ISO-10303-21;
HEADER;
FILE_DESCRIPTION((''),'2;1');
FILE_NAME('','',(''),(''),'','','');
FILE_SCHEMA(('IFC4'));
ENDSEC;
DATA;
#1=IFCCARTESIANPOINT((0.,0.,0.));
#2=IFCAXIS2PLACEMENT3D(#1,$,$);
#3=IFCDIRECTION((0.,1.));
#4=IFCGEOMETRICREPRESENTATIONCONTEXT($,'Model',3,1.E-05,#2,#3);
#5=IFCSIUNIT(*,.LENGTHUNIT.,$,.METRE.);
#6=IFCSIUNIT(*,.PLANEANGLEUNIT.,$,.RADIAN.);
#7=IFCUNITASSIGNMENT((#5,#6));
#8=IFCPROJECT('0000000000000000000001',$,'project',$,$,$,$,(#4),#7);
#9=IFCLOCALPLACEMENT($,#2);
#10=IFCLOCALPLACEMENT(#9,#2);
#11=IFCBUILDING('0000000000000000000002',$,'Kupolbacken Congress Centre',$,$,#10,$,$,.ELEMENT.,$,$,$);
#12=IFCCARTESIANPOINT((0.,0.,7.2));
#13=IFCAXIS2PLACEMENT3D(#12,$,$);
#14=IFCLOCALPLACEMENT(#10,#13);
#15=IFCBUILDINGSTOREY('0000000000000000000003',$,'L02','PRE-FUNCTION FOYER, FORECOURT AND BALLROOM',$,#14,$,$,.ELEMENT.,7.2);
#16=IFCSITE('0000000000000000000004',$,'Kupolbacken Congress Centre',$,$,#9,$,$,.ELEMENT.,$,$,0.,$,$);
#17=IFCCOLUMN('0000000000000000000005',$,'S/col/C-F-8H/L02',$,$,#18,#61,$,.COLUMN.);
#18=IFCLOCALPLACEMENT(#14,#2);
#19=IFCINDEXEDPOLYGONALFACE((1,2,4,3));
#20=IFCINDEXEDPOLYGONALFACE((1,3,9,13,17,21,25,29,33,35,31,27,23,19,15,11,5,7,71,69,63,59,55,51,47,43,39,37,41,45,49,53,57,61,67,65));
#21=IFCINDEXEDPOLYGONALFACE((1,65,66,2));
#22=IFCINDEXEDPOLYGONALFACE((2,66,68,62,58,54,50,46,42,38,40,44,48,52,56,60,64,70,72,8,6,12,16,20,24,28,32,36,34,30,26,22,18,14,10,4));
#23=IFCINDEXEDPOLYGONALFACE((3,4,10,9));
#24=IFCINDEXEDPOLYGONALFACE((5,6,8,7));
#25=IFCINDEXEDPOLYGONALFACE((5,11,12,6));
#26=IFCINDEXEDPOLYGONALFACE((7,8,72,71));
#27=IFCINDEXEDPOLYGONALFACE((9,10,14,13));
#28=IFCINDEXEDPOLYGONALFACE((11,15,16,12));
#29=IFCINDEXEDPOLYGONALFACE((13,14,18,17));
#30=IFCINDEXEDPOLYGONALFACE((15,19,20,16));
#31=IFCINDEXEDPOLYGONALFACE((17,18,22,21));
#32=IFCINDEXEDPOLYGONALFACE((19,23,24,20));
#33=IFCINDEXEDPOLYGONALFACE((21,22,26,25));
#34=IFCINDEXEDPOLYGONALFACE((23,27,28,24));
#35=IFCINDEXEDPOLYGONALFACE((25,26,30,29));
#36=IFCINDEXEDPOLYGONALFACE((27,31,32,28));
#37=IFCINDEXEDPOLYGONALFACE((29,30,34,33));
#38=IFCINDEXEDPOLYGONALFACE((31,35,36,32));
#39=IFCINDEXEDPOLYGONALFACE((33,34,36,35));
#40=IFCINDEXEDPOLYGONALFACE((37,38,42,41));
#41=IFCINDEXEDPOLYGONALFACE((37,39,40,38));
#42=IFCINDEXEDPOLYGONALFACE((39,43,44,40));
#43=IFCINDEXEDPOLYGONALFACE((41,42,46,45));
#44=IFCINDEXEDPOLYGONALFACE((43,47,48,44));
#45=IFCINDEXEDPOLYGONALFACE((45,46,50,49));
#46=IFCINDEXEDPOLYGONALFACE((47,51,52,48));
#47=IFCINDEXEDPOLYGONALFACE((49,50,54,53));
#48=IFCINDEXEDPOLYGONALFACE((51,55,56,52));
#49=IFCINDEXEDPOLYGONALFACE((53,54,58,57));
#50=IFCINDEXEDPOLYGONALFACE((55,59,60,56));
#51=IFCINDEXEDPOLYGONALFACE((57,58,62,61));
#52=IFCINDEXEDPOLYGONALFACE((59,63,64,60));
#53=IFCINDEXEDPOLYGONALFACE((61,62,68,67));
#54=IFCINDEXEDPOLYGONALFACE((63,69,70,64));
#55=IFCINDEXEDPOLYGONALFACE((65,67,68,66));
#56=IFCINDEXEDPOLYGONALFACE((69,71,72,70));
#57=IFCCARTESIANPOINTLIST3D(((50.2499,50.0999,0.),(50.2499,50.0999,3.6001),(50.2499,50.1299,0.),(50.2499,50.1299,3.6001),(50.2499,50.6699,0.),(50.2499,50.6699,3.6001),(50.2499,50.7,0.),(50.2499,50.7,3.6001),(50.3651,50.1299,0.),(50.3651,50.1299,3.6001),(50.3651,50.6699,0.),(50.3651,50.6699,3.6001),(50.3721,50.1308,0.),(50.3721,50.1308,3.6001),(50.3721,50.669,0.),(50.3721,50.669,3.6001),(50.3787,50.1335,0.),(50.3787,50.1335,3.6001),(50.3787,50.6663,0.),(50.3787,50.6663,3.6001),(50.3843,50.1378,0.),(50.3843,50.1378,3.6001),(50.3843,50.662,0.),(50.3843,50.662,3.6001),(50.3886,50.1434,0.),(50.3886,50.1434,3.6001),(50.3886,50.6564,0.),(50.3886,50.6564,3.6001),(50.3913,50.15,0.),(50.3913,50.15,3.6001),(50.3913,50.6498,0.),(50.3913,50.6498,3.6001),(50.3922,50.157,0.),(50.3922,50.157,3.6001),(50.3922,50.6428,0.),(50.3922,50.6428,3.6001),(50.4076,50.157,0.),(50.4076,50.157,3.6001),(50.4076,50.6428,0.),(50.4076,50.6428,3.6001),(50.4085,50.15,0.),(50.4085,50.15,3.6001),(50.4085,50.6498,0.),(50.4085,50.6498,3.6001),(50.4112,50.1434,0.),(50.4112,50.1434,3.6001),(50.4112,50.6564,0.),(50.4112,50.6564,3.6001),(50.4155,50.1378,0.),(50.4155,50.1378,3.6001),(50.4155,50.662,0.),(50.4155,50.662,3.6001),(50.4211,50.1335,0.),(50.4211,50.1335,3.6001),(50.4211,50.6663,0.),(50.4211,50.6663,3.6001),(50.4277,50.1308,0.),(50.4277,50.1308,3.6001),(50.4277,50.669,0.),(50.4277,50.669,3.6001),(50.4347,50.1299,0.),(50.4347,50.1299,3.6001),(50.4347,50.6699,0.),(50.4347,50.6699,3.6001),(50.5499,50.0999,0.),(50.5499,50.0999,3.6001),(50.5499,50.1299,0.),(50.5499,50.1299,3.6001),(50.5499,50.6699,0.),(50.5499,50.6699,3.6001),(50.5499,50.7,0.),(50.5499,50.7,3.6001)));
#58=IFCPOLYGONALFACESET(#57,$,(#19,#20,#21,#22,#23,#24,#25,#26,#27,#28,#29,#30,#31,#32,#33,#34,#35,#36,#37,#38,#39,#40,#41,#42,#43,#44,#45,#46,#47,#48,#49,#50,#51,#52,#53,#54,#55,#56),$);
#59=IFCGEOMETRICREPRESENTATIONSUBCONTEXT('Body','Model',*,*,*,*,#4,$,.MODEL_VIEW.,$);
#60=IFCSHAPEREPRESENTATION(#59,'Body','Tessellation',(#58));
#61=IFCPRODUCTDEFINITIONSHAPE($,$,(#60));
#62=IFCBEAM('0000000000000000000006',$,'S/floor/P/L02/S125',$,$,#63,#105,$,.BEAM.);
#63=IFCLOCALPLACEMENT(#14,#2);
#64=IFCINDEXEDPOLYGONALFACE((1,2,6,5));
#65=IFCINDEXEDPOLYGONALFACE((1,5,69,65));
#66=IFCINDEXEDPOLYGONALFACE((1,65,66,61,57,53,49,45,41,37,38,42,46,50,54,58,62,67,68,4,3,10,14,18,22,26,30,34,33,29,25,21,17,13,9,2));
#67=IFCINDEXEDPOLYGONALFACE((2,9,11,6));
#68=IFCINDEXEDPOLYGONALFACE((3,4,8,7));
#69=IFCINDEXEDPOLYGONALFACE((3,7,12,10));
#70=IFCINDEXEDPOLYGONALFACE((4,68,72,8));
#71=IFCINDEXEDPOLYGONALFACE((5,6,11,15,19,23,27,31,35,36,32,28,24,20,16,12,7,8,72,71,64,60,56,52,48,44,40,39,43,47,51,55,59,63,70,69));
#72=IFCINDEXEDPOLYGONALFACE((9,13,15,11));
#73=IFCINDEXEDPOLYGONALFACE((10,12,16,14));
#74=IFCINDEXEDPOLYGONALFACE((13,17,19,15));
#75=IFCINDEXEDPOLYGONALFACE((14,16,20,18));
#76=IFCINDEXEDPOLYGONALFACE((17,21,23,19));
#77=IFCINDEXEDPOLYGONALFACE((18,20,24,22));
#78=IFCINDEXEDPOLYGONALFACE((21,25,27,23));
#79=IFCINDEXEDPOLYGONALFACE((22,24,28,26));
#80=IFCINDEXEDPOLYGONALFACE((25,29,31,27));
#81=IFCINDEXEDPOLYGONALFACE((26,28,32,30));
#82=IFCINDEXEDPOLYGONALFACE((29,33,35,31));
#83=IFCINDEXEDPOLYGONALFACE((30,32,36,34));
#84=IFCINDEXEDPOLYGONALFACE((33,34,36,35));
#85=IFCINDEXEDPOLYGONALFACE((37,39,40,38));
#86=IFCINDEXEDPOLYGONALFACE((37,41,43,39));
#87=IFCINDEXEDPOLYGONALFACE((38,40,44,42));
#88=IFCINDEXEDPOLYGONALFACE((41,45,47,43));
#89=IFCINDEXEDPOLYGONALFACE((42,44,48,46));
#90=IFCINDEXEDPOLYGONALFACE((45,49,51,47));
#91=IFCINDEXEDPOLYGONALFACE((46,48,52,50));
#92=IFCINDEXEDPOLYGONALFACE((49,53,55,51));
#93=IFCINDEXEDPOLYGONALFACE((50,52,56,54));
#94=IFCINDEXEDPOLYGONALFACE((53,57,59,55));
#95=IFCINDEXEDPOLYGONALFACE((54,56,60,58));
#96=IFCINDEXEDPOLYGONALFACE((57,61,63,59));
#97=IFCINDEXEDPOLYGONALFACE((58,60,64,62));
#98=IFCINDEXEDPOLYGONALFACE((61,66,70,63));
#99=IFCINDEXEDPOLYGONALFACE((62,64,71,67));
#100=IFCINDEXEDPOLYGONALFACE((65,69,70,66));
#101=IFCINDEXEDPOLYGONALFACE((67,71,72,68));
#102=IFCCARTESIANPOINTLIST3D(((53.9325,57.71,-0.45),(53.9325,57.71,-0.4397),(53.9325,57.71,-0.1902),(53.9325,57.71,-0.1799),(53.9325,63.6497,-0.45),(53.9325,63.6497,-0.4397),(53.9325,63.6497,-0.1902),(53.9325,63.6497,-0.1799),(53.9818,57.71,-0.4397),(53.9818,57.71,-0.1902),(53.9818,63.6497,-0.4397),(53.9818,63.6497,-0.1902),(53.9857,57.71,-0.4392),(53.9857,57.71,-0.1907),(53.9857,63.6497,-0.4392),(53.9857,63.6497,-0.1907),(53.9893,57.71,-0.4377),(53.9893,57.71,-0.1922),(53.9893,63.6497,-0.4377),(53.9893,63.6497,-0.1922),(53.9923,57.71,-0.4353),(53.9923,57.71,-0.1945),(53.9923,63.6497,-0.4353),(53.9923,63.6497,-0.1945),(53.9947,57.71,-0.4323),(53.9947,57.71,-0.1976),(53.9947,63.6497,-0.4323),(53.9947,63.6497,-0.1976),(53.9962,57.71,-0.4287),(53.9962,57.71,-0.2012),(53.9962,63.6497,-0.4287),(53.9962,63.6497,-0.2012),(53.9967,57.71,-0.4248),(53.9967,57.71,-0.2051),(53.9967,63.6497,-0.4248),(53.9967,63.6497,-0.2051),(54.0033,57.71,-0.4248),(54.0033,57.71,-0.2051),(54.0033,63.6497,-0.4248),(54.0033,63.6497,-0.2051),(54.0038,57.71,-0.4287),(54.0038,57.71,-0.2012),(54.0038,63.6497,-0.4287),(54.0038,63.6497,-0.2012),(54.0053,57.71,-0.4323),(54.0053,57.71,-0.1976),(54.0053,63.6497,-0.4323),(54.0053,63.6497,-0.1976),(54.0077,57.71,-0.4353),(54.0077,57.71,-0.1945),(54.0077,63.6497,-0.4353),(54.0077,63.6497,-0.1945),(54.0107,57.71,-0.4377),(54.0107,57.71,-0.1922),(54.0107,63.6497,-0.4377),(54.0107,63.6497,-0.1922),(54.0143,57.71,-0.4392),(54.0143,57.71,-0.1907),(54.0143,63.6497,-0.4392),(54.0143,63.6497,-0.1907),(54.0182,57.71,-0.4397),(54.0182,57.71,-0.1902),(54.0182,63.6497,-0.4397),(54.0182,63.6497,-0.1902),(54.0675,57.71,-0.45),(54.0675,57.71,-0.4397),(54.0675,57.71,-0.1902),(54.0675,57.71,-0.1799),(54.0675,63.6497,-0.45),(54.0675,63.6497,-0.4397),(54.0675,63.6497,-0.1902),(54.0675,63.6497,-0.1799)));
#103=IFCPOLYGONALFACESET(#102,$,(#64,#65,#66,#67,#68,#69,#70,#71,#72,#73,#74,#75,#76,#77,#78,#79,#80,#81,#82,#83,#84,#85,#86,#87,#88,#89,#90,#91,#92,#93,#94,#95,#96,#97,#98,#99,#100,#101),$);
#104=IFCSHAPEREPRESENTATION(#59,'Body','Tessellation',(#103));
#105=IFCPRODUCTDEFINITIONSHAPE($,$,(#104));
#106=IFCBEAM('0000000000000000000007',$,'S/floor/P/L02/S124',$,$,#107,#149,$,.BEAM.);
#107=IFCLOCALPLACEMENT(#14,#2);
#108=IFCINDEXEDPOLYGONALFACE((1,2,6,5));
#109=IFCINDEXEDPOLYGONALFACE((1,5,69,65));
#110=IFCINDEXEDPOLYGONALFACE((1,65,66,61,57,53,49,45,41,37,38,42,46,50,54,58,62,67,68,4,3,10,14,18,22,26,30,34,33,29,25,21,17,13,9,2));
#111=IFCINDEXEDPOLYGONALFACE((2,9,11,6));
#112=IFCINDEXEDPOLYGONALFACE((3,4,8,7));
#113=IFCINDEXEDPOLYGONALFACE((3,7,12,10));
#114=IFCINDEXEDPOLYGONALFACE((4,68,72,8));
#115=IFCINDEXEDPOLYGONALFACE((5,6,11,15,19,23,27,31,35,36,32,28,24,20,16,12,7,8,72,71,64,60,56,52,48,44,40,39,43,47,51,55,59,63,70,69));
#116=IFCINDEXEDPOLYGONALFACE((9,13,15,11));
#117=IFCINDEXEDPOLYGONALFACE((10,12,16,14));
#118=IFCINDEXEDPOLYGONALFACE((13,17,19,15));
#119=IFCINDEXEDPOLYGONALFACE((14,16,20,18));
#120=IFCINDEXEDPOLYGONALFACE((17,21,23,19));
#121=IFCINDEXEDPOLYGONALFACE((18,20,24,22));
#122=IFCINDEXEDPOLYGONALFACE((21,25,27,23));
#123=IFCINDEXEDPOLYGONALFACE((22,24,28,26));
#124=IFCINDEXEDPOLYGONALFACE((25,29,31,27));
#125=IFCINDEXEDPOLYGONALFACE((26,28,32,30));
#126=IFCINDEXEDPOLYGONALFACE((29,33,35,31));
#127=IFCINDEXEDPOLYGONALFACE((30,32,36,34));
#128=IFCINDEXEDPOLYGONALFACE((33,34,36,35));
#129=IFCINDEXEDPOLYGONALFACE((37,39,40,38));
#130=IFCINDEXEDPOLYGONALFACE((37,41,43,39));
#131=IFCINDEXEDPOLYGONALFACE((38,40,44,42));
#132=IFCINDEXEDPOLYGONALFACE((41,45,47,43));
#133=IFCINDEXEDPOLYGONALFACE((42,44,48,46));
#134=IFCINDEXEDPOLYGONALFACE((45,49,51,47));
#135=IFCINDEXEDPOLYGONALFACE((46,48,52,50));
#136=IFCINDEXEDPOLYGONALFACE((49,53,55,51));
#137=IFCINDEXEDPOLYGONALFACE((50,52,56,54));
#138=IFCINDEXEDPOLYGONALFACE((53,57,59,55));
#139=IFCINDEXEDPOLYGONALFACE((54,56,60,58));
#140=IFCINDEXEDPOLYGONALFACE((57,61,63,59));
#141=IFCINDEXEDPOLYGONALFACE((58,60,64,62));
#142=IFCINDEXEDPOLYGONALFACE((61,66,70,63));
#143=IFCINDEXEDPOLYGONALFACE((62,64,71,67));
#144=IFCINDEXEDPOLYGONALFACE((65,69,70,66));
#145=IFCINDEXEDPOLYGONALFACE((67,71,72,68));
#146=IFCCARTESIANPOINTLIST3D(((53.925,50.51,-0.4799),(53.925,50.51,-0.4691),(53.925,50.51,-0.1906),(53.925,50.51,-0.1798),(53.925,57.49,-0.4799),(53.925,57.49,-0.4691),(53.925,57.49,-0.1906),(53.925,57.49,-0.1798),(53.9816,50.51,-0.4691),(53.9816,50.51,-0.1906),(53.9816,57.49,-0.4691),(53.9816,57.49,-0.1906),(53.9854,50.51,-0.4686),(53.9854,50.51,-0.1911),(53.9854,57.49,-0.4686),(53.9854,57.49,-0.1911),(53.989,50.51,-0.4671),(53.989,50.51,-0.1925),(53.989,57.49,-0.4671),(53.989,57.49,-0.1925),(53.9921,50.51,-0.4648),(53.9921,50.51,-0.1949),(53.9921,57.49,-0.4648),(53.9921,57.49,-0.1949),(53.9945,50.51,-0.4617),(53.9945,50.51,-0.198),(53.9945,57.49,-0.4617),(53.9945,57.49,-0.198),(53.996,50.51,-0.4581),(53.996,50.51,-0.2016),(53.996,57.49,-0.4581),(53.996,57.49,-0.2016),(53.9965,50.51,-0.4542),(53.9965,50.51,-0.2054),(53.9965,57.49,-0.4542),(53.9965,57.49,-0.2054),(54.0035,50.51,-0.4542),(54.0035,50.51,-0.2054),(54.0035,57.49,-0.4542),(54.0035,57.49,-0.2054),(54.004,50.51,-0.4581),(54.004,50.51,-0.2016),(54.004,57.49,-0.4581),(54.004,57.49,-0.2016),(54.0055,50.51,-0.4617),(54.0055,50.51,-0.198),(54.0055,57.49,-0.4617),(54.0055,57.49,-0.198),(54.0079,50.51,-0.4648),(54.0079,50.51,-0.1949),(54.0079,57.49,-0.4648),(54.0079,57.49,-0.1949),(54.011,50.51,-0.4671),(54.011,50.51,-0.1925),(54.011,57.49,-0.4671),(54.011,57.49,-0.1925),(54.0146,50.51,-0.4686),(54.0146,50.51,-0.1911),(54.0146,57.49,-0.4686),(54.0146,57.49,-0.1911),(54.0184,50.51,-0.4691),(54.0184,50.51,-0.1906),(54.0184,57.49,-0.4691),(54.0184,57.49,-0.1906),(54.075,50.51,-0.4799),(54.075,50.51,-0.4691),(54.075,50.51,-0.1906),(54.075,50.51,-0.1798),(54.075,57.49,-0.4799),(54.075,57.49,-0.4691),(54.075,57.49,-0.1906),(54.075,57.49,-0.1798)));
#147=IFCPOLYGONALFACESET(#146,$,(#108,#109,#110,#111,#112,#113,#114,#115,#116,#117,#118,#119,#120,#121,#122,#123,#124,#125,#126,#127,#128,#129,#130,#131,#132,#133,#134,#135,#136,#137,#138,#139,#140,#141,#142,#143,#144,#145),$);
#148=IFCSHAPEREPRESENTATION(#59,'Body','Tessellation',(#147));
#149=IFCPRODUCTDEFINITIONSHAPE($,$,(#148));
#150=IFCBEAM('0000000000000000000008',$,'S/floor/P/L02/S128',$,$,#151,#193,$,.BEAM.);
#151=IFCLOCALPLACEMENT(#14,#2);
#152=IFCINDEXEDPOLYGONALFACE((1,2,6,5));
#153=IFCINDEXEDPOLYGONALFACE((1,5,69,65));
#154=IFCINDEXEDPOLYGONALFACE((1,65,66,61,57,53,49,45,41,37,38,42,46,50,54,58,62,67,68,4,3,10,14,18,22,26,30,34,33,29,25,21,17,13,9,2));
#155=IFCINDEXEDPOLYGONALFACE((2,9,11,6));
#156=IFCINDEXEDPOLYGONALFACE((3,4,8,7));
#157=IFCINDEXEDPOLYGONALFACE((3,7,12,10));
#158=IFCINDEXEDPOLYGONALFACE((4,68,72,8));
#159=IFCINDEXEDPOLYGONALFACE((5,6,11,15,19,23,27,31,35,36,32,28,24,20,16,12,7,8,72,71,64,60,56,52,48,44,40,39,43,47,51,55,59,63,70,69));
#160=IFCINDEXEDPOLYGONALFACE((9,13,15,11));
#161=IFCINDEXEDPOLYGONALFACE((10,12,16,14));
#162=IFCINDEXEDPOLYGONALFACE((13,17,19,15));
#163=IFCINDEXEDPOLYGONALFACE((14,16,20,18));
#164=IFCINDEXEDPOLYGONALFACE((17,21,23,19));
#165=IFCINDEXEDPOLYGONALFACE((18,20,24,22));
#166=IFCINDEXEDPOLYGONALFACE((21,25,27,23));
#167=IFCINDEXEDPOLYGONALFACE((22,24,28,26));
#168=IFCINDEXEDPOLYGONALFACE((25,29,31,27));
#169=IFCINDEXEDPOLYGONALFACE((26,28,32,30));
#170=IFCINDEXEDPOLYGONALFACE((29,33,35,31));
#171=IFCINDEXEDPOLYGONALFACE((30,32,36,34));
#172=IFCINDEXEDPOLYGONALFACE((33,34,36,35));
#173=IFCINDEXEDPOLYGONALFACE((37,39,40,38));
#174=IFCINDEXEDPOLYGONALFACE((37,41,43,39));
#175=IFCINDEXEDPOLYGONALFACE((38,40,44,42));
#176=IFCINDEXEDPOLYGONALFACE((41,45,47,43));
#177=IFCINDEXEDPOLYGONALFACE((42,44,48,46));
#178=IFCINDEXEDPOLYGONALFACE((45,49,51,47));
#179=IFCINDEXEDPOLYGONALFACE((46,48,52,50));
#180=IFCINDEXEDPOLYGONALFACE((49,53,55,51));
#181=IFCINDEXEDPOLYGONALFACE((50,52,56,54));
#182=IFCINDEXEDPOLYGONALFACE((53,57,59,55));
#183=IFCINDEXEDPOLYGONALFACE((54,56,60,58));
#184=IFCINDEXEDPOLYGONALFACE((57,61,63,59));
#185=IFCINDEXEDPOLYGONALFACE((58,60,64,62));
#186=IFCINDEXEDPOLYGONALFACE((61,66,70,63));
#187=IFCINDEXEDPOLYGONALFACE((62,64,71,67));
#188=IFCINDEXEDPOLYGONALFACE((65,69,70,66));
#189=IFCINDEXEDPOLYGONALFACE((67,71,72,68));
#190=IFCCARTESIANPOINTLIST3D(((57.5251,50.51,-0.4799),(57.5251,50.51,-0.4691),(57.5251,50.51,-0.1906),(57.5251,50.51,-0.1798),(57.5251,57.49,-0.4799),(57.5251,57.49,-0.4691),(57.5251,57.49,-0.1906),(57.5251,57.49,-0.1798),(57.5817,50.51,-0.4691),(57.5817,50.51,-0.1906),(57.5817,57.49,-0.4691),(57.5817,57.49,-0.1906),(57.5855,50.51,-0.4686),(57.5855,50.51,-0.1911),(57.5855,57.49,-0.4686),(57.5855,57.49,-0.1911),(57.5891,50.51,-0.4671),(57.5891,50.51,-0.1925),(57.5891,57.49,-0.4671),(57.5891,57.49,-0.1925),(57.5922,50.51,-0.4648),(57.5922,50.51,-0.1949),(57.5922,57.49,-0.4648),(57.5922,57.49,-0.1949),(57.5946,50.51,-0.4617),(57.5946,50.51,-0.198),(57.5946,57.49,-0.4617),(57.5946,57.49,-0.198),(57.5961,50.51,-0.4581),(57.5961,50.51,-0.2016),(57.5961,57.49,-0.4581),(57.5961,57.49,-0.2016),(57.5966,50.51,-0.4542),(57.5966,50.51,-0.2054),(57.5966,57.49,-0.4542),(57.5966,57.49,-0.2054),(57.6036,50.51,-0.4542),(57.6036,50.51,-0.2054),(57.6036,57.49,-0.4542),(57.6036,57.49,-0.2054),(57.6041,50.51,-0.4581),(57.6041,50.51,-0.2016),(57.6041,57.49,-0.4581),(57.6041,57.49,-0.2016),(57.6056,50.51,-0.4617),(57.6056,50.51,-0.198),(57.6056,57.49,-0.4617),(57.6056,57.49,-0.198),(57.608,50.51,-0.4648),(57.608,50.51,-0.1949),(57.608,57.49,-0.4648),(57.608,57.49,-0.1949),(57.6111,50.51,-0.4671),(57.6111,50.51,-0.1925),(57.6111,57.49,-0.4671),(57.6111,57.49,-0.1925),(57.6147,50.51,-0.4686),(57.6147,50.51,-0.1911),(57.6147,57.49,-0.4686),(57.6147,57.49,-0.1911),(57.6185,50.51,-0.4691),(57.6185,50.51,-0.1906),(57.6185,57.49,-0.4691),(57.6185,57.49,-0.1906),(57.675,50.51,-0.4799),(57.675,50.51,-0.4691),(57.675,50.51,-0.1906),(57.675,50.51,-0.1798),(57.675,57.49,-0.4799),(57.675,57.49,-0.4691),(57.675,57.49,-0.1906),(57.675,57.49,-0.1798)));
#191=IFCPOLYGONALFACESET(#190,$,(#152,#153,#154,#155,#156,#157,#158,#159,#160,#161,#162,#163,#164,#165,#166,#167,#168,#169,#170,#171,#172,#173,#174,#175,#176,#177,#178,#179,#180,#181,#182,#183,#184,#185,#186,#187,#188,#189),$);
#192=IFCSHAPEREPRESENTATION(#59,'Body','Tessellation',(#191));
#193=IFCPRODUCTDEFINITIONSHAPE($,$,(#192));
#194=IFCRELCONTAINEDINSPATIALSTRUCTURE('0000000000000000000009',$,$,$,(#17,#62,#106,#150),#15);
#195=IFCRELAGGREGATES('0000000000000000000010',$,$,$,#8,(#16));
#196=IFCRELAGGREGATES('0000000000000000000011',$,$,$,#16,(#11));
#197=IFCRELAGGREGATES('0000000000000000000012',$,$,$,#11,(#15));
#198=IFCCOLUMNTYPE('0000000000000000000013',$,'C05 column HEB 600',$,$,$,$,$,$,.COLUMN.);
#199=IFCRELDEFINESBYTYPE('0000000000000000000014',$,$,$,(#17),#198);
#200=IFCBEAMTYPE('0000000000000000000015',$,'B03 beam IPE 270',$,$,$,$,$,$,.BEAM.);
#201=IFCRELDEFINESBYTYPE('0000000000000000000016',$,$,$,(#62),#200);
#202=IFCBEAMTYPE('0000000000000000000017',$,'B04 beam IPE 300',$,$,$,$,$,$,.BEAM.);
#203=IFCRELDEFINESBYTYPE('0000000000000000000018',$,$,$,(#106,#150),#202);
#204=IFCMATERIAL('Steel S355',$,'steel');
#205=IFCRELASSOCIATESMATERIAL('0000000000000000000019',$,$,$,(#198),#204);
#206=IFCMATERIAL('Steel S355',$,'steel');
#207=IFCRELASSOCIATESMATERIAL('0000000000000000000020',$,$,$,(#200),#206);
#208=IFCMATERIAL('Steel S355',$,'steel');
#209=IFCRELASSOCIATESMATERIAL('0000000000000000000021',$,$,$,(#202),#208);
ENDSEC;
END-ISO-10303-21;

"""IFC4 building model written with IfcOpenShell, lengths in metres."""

from ifc_helpers import new_model, si_unit, direction, frame, origin, origin_2d, place, context, subcontext, project, spatial, i_section, extrude, material, material_profile, profile_set, type_object, element, save


model = new_model("IFC4")

# Units and contexts
model_context = context("Model", 3, precision=1e-05, world=origin(), true_north=direction((0.0, 1.0)))
body_context = subcontext(model_context, "Body", "Model", "MODEL_VIEW")
ifc_project = project(units=[si_unit("LENGTHUNIT", "METRE"), si_unit("PLANEANGLEUNIT", "RADIAN")], contexts=[model_context])

# Site, building, storey
site_placement = place(None, origin())
site = spatial("IfcSite", under=ifc_project, at=site_placement, Name="Kupolbacken Congress Centre", CompositionType="ELEMENT", RefElevation=0.0)
building_placement = place(site_placement, origin())
building = spatial("IfcBuilding", under=site, at=building_placement, Name="Kupolbacken Congress Centre", CompositionType="ELEMENT")
storey_placement = place(building_placement, frame((0.0, 0.0, 7.2)))
storey = spatial("IfcBuildingStorey", under=building, at=storey_placement, Name="L02", Description="PRE-FUNCTION FOYER, FORECOURT AND BALLROOM", CompositionType="ELEMENT", Elevation=7.2)

# Column
ifc_material_1 = material(Name="Steel S355", Category="steel")
ifc_material_profile_1 = material_profile(ifc_material_1, i_section(OverallWidth=0.3, OverallDepth=0.6001, WebThickness=0.0154, FlangeThickness=0.03, FilletRadius=0.0271, at=origin_2d()), Name="HEB 600")
ifc_profile_set_1 = profile_set([ifc_material_profile_1], Name="Steel S355")
column_type = type_object("IfcColumnType", Name="C05 column HEB 600", PredefinedType="COLUMN", material=ifc_profile_set_1)
column_placement = place(storey_placement, frame((50.3999, 50.3999, 0.0), z_axis=(0.0, 0.0, 1.0), x_axis=(1.0, 0.0, 0.0)))
element("IfcColumn", 1, at=column_placement, inside=storey, type_object=column_type, Name="S/col/C-F-8H/L02", PredefinedType="COLUMN", context=body_context, shape_type="SweptSolid", body=[
    extrude(i_section(OverallWidth=0.3, OverallDepth=0.6001, WebThickness=0.0154, FlangeThickness=0.03, FilletRadius=0.0271, at=origin_2d()), origin(), (0.0, 0.0, 1.0), 3.6001),
])

# Beams
ifc_material_2 = material(Name="Steel S355", Category="steel")
ifc_material_profile_2 = material_profile(ifc_material_2, i_section(OverallWidth=0.135, OverallDepth=0.27, WebThickness=0.0066, FlangeThickness=0.0103, FilletRadius=0.0149, at=origin_2d()), Name="IPE 270")
ifc_profile_set_2 = profile_set([ifc_material_profile_2], Name="Steel S355")
beam_type_1 = type_object("IfcBeamType", Name="B03 beam IPE 270", PredefinedType="BEAM", material=ifc_profile_set_2)
beam_1_placement = place(storey_placement, frame((54.0, 57.71, -0.3149), z_axis=(0.0, 1.0, 0.0), x_axis=(-1.0, 0.0, 0.0)))
element("IfcBeam", 2, at=beam_1_placement, inside=storey, type_object=beam_type_1, Name="S/floor/P/L02/S125", PredefinedType="BEAM", context=body_context, shape_type="SweptSolid", body=[
    extrude(i_section(OverallWidth=0.135, OverallDepth=0.27, WebThickness=0.0066, FlangeThickness=0.0103, FilletRadius=0.0149, at=origin_2d()), origin(), (0.0, 0.0, 1.0), 5.9397),
])
ifc_material_3 = material(Name="Steel S355", Category="steel")
ifc_material_profile_3 = material_profile(ifc_material_3, i_section(OverallWidth=0.1499, OverallDepth=0.3, WebThickness=0.0071, FlangeThickness=0.0107, FilletRadius=0.0149, at=origin_2d()), Name="IPE 300")
ifc_profile_set_3 = profile_set([ifc_material_profile_3], Name="Steel S355")
beam_type_2 = type_object("IfcBeamType", Name="B04 beam IPE 300", PredefinedType="BEAM", material=ifc_profile_set_3)
for number, where, z_axis, x_axis, name in (
    (3, (54.0, 50.51, -0.3298), (0.0, 1.0, 0.0), (-1.0, 0.0, 0.0), "S/floor/P/L02/S124"),
    (4, (57.6001, 50.51, -0.3298), (0.0, 1.0, 0.0), (-1.0, 0.0, 0.0), "S/floor/P/L02/S128"),
):
    element("IfcBeam", number, at=place(storey_placement, frame(where, z_axis=z_axis, x_axis=x_axis)), inside=storey, type_object=beam_type_2, Name=name, PredefinedType="BEAM", context=body_context, shape_type="SweptSolid", body=[
        extrude(i_section(OverallWidth=0.1499, OverallDepth=0.3, WebThickness=0.0071, FlangeThickness=0.0107, FilletRadius=0.0149, at=origin_2d()), origin(), (0.0, 0.0, 1.0), 6.98),
    ])

save(model, "model.ifc")
